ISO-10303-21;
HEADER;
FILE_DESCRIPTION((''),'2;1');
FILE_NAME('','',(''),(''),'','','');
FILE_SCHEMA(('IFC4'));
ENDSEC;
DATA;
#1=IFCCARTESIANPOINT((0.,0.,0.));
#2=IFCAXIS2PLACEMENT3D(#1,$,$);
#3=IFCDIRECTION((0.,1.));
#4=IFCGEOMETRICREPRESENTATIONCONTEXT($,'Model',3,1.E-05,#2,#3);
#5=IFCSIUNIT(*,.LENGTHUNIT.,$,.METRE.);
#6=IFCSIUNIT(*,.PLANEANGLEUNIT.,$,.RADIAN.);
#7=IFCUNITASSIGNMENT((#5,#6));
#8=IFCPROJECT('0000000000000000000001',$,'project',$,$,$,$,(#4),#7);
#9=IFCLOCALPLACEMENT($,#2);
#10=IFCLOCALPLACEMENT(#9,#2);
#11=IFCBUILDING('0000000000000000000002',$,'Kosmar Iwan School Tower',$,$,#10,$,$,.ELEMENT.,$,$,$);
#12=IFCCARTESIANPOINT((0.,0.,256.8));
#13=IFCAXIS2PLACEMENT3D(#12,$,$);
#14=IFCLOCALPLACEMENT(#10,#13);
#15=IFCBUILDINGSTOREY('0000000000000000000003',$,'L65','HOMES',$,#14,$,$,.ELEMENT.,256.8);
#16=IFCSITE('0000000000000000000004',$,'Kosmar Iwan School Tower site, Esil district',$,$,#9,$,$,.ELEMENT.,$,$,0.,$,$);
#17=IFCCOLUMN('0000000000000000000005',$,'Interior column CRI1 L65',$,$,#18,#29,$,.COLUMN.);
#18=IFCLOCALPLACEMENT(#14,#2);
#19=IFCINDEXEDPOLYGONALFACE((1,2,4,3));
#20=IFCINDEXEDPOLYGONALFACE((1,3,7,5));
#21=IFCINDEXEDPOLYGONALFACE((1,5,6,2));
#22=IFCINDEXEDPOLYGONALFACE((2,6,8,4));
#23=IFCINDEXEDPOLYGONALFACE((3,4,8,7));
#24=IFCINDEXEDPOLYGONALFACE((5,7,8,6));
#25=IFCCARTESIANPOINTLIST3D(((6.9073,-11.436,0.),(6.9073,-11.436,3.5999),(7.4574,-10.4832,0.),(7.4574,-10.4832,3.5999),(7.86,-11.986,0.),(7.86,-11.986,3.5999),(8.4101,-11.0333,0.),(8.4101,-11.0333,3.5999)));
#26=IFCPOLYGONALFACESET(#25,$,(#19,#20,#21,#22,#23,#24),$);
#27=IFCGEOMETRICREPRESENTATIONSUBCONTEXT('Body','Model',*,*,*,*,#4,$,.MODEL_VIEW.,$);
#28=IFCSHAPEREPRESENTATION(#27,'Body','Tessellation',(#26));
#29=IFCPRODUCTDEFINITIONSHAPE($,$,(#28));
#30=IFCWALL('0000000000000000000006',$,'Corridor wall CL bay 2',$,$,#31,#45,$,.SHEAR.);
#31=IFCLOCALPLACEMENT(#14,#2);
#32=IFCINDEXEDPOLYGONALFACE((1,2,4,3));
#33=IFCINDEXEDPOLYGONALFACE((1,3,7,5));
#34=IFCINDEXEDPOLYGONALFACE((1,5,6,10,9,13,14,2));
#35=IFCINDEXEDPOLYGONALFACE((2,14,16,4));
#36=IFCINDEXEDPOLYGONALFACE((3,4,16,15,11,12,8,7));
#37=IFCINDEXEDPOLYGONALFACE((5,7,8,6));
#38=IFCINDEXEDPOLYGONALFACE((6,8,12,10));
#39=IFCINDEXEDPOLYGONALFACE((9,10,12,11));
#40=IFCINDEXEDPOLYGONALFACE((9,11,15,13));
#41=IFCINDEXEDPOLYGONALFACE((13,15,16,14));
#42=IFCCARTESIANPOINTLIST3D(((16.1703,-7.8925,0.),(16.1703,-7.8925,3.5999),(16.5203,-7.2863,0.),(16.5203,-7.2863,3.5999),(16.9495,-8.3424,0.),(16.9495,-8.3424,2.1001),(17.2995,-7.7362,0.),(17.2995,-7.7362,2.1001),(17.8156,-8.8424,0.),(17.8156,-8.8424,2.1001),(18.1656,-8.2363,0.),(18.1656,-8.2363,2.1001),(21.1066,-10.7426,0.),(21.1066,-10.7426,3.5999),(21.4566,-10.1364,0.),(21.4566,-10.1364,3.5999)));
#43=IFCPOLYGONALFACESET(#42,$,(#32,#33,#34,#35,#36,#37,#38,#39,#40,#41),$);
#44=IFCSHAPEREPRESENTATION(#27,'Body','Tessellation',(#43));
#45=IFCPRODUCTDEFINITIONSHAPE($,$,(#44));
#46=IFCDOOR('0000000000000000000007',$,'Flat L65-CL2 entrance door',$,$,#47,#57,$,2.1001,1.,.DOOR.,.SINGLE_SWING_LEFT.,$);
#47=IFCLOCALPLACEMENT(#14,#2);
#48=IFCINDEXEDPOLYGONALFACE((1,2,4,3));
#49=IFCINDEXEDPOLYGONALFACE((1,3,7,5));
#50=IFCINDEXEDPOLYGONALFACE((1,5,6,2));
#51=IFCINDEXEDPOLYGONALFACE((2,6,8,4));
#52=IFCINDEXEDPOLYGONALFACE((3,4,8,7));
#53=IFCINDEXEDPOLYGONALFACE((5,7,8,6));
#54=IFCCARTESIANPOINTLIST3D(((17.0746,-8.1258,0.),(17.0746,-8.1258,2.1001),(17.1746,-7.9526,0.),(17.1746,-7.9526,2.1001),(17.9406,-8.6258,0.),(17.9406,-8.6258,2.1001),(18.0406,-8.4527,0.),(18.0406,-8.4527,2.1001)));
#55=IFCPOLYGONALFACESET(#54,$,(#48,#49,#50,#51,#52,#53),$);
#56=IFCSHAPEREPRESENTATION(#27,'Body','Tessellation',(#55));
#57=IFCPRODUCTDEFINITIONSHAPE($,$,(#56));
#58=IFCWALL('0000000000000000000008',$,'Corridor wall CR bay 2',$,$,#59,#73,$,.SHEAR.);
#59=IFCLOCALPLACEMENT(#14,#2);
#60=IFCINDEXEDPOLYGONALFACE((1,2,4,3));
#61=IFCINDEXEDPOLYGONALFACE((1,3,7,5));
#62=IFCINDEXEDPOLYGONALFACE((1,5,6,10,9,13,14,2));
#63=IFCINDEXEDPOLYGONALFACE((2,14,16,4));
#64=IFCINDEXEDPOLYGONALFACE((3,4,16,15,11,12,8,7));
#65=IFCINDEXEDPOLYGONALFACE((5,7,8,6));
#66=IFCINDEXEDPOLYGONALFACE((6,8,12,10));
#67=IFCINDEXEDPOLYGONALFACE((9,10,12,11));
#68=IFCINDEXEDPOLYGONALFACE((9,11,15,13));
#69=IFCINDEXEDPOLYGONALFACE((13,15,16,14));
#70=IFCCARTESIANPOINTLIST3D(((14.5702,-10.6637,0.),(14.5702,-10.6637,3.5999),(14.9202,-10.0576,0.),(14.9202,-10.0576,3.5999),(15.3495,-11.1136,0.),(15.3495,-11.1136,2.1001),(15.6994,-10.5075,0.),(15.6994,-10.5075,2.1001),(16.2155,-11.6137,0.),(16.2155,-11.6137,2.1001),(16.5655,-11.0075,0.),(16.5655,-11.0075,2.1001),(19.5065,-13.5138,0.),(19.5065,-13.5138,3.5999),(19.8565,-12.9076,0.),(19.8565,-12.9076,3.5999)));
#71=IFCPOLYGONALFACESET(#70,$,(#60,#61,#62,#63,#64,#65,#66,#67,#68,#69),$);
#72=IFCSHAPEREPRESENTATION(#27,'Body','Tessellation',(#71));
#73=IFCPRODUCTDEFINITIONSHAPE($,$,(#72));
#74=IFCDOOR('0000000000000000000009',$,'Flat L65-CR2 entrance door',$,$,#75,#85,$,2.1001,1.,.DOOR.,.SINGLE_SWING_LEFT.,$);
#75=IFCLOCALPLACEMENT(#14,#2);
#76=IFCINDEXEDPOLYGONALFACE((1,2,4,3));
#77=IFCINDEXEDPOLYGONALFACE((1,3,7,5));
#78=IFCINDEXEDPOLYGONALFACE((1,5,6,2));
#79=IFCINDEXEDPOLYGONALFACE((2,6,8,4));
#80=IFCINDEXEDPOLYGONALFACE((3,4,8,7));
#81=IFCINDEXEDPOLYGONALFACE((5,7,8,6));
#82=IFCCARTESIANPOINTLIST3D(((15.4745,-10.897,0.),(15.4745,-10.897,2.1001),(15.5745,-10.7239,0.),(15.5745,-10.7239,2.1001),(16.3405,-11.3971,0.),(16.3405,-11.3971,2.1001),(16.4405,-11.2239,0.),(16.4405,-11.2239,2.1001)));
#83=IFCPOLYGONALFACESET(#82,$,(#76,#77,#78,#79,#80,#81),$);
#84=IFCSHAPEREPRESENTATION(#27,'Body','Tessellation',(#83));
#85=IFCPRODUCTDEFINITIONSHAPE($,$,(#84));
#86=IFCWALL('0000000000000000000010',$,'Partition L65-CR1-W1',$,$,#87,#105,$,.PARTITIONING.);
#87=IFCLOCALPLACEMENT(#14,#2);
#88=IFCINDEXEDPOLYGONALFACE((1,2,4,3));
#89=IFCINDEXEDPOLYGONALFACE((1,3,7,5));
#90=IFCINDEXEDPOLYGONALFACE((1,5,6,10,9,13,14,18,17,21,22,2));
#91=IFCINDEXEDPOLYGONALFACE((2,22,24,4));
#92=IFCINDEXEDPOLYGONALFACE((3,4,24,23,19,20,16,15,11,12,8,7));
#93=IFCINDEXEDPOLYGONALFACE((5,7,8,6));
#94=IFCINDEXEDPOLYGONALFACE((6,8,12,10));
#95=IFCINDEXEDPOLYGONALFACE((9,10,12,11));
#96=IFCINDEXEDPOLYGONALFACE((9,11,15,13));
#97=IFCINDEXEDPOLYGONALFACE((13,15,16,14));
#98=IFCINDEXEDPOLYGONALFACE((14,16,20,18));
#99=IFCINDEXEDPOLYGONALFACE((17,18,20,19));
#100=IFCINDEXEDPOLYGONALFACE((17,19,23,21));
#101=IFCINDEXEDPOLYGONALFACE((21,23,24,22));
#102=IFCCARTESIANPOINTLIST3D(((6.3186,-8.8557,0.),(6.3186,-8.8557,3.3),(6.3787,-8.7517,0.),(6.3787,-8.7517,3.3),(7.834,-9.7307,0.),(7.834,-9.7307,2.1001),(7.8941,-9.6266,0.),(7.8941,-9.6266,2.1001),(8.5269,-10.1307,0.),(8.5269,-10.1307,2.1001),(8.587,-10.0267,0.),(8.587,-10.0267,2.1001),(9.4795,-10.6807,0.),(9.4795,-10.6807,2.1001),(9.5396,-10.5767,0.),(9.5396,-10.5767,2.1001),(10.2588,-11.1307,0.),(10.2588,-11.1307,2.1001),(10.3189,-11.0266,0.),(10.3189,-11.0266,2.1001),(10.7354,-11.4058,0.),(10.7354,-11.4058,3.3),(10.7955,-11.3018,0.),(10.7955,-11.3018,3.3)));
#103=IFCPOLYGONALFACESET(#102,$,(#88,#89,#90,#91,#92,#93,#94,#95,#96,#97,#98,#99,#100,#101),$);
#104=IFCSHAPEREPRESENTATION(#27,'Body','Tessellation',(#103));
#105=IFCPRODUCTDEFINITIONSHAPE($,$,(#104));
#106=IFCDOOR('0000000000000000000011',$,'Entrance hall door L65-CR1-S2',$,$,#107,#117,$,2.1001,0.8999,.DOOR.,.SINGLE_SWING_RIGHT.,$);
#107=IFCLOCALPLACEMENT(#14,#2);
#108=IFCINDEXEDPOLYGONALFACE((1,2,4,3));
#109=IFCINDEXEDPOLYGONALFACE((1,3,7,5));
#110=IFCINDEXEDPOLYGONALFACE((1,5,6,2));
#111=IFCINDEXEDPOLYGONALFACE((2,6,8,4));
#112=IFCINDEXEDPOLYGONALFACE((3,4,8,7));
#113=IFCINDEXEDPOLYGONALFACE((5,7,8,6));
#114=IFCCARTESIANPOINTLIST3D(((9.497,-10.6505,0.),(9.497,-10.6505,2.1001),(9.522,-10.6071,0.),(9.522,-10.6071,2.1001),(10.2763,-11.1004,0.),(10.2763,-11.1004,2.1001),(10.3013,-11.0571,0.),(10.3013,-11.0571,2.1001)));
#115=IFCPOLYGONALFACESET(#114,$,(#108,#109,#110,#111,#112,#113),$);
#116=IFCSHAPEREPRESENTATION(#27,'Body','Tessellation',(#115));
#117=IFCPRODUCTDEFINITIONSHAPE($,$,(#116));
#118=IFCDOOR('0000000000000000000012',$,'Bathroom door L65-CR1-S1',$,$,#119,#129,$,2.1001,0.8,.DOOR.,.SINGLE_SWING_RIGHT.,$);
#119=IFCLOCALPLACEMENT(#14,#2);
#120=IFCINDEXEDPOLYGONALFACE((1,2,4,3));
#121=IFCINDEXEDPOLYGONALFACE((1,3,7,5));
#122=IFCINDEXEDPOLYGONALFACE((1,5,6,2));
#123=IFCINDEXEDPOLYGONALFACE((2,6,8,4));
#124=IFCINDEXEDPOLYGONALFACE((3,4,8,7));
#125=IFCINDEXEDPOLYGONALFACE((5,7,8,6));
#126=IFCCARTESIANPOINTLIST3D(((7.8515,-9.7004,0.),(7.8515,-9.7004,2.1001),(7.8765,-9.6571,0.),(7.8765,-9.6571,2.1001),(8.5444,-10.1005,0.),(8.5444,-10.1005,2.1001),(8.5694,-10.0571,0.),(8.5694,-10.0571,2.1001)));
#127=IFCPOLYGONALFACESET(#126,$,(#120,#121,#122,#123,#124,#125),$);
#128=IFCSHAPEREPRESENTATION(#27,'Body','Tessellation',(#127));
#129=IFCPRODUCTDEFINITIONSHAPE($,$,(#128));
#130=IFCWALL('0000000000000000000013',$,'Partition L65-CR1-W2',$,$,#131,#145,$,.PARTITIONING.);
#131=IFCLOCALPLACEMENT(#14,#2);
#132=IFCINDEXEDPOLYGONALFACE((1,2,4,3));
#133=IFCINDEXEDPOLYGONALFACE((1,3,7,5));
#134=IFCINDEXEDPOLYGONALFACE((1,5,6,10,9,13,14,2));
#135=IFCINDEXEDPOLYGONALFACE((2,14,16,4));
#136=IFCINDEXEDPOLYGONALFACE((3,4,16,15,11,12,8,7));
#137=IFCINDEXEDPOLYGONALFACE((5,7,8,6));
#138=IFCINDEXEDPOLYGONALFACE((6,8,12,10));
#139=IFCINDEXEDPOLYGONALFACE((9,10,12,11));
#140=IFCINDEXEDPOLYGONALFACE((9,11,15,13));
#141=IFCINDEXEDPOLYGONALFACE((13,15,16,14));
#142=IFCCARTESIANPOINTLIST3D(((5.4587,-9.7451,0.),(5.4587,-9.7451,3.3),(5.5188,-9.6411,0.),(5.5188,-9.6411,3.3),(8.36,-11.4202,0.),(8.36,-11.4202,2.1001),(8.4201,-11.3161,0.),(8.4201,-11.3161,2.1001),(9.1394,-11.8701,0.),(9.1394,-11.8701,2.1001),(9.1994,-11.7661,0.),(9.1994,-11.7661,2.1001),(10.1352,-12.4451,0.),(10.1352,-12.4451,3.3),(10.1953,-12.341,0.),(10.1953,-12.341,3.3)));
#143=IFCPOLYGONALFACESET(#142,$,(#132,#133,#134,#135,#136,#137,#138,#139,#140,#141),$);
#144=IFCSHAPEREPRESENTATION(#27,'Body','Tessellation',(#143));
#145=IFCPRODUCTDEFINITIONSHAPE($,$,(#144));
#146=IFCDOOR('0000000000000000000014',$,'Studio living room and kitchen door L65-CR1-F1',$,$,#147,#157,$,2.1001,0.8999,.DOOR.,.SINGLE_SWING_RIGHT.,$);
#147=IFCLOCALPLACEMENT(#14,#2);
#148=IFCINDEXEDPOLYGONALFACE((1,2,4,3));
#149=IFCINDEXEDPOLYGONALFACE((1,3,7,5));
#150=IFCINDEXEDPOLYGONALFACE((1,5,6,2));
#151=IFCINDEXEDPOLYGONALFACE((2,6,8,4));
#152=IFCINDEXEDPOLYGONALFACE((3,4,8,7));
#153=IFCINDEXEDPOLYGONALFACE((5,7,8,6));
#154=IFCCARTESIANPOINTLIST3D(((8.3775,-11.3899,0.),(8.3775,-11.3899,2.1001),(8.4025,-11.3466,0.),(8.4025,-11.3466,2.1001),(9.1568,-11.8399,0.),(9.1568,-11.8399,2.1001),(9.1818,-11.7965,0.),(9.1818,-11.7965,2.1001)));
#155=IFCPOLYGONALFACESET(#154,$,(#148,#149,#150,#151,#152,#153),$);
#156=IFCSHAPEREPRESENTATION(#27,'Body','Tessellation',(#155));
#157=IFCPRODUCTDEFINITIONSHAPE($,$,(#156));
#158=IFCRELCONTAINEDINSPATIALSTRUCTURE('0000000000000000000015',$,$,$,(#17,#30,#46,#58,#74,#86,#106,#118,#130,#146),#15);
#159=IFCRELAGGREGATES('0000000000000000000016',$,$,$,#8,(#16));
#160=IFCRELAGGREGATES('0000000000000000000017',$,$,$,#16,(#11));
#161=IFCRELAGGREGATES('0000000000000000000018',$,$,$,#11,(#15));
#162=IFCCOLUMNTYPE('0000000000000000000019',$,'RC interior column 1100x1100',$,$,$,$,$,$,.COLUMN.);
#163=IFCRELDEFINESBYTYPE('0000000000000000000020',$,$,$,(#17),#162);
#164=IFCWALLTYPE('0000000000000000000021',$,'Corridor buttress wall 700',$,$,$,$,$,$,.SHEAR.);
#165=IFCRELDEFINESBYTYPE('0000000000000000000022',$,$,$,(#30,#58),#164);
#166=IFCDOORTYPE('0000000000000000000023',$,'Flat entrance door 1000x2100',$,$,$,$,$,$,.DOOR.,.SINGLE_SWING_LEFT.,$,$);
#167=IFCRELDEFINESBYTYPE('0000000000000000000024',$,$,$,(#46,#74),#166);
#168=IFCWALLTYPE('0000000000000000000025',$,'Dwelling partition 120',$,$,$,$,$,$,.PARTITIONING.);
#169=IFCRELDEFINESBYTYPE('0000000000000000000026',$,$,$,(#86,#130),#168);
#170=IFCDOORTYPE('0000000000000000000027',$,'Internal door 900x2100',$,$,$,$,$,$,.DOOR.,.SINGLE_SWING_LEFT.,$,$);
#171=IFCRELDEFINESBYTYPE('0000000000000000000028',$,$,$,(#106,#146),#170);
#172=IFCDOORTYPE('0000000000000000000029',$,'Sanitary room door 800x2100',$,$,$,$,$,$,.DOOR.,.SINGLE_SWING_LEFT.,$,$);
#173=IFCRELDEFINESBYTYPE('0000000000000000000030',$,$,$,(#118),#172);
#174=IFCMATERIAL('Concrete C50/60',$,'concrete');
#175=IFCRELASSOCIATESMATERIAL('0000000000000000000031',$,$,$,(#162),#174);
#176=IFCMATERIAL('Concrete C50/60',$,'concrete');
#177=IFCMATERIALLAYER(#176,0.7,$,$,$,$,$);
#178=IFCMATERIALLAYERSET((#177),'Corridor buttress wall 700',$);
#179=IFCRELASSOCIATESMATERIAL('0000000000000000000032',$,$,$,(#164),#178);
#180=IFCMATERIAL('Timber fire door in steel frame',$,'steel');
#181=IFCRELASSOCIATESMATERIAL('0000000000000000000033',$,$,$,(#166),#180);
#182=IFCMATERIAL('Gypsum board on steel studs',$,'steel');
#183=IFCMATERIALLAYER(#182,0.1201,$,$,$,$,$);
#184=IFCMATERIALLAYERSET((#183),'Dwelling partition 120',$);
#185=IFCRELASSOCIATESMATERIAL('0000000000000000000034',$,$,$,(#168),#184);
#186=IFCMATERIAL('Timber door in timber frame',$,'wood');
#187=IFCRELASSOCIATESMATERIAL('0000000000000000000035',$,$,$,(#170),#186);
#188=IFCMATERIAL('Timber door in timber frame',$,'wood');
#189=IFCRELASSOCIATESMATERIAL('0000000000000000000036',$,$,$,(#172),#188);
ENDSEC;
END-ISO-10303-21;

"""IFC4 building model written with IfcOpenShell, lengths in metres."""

from ifc_helpers import new_model, si_unit, direction, frame, frame_2d, origin, origin_2d, place, context, subcontext, project, spatial, rectangle, extrude, material, layer, layer_set, material_profile, profile_set, type_object, element, fill, save


model = new_model("IFC4")

# Units and contexts
model_context = context("Model", 3, precision=1e-05, world=origin(), true_north=direction((0.0, 1.0)))
body_context = subcontext(model_context, "Body", "Model", "MODEL_VIEW")
ifc_project = project(units=[si_unit("LENGTHUNIT", "METRE"), si_unit("PLANEANGLEUNIT", "RADIAN")], contexts=[model_context])

# Site, building, storey
site_placement = place(None, origin())
site = spatial("IfcSite", under=ifc_project, at=site_placement, Name="Kosmar Iwan School Tower site, Esil district", CompositionType="ELEMENT", RefElevation=0.0)
building_placement = place(site_placement, origin())
building = spatial("IfcBuilding", under=site, at=building_placement, Name="Kosmar Iwan School Tower", CompositionType="ELEMENT")
storey_placement = place(building_placement, frame((0.0, 0.0, 256.8)))
storey = spatial("IfcBuildingStorey", under=building, at=storey_placement, Name="L65", Description="HOMES", CompositionType="ELEMENT", Elevation=256.8)

# Column
ifc_material_1 = material(Name="Concrete C50/60", Category="concrete")
ifc_material_profile = material_profile(ifc_material_1, rectangle(XDim=1.1001, YDim=1.1001, at=origin_2d()), Name="RC 1100x1100")
ifc_profile_set = profile_set([ifc_material_profile], Name="Concrete C50/60")
column_type = type_object("IfcColumnType", Name="RC interior column 1100x1100", PredefinedType="COLUMN", material=ifc_profile_set)
column_placement = place(storey_placement, frame((7.6587, -11.2346, 0.0), z_axis=(0.0, 0.0, 1.0), x_axis=(0.866025, -0.5, 0.0)))
element("IfcColumn", 1, at=column_placement, inside=storey, type_object=column_type, Name="Interior column CRI1 L65", PredefinedType="COLUMN", context=body_context, shape_type="SweptSolid", body=[
    extrude(rectangle(XDim=1.1001, YDim=1.1001, at=origin_2d()), origin(), (0.0, 0.0, 1.0), 3.5999),
])

# Walls, openings, doors
ifc_material_2 = material(Name="Concrete C50/60", Category="concrete")
ifc_layer_1 = layer(ifc_material_2, 0.7)
ifc_layer_set_1 = layer_set([ifc_layer_1], Name="Corridor buttress wall 700")
wall_type_1 = type_object("IfcWallType", Name="Corridor buttress wall 700", PredefinedType="SHEAR", material=ifc_layer_set_1)
wall_1_placement = place(storey_placement, frame((16.3452, -7.5894, 0.0), z_axis=(0.0, 0.0, 1.0), x_axis=(0.866015, -0.500018, 0.0)))
wall_1 = element("IfcWall", 2, at=wall_1_placement, inside=storey, type_object=wall_type_1, Name="Corridor wall CL bay 2", PredefinedType="SHEAR", context=body_context, shape_type="SweptSolid", body=[
    extrude(rectangle(XDim=5.7, YDim=0.7, at=frame_2d((2.8501, 0.0))), origin(), (0.0, 0.0, 1.0), 3.5999),
])
opening_1_placement = place(wall_1_placement, frame((0.8999, 0.0, 0.0)))
opening_1 = element("IfcOpeningElement", 3, at=opening_1_placement, cuts=wall_1, PredefinedType="OPENING", context=body_context, shape_type="SweptSolid", body=[
    extrude(rectangle(XDim=1.0, YDim=2.1001, at=frame_2d((0.5, 1.05))), frame((0.0, 0.3621, 0.0), z_axis=(0.0, -1.0, 0.0), x_axis=(1.0, 0.0, 0.0)), (0.0, 0.0, 1.0), 0.7239),
])
ifc_material_3 = material(Name="Timber fire door in steel frame", Category="steel")
door_type_1 = type_object("IfcDoorType", Name="Flat entrance door 1000x2100", OperationType="SINGLE_SWING_LEFT", PredefinedType="DOOR", material=ifc_material_3)
door_1_placement = place(opening_1_placement, origin())
door_1 = element("IfcDoor", 4, at=door_1_placement, inside=storey, type_object=door_type_1, Name="Flat L65-CL2 entrance door", OperationType="SINGLE_SWING_LEFT", OverallHeight=2.1001, OverallWidth=1.0, PredefinedType="DOOR", context=body_context, shape_type="SweptSolid", body=[
    extrude(rectangle(XDim=1.0, YDim=2.1001, at=frame_2d((0.5, 1.05))), frame((0.0, 0.1001, 0.0), z_axis=(0.0, -1.0, 0.0), x_axis=(1.0, 0.0, 0.0)), (0.0, 0.0, 1.0), 0.2),
])
fill(opening_1, door_1)
wall_2_placement = place(storey_placement, frame((14.7451, -10.3606, 0.0), z_axis=(0.0, 0.0, 1.0), x_axis=(0.866015, -0.500018, 0.0)))
wall_2 = element("IfcWall", 5, at=wall_2_placement, inside=storey, type_object=wall_type_1, Name="Corridor wall CR bay 2", PredefinedType="SHEAR", context=body_context, shape_type="SweptSolid", body=[
    extrude(rectangle(XDim=5.7, YDim=0.7, at=frame_2d((2.8501, 0.0))), origin(), (0.0, 0.0, 1.0), 3.5999),
])
opening_2_placement = place(wall_2_placement, frame((0.8999, 0.0, 0.0)))
opening_2 = element("IfcOpeningElement", 6, at=opening_2_placement, cuts=wall_2, PredefinedType="OPENING", context=body_context, shape_type="SweptSolid", body=[
    extrude(rectangle(XDim=1.0, YDim=2.1001, at=frame_2d((0.5, 1.05))), frame((0.0, 0.3621, 0.0), z_axis=(0.0, -1.0, 0.0), x_axis=(1.0, 0.0, 0.0)), (0.0, 0.0, 1.0), 0.7239),
])
door_2_placement = place(opening_2_placement, origin())
door_2 = element("IfcDoor", 7, at=door_2_placement, inside=storey, type_object=door_type_1, Name="Flat L65-CR2 entrance door", OperationType="SINGLE_SWING_LEFT", OverallHeight=2.1001, OverallWidth=1.0, PredefinedType="DOOR", context=body_context, shape_type="SweptSolid", body=[
    extrude(rectangle(XDim=1.0, YDim=2.1001, at=frame_2d((0.5, 1.05))), frame((0.0, 0.1001, 0.0), z_axis=(0.0, -1.0, 0.0), x_axis=(1.0, 0.0, 0.0)), (0.0, 0.0, 1.0), 0.2),
])
fill(opening_2, door_2)

# Wall, openings, doors
ifc_material_4 = material(Name="Gypsum board on steel studs", Category="steel")
ifc_layer_2 = layer(ifc_material_4, 0.1201)
ifc_layer_set_2 = layer_set([ifc_layer_2], Name="Dwelling partition 120")
wall_type_2 = type_object("IfcWallType", Name="Dwelling partition 120", PredefinedType="PARTITIONING", material=ifc_layer_set_2)
wall_3_placement = place(storey_placement, frame((6.3486, -8.8037, 0.0), z_axis=(0.0, 0.0, 1.0), x_axis=(0.866022, -0.500006, 0.0)))
wall_3 = element("IfcWall", 8, at=wall_3_placement, inside=storey, type_object=wall_type_2, Name="Partition L65-CR1-W1", PredefinedType="PARTITIONING", context=body_context, shape_type="SweptSolid", body=[
    extrude(rectangle(XDim=5.1001, YDim=0.1201, at=frame_2d((2.55, 0.0))), origin(), (0.0, 0.0, 1.0), 3.3),
])
opening_3_placement = place(wall_3_placement, frame((1.75, 0.0, 0.0)))
opening_3 = element("IfcOpeningElement", 9, at=opening_3_placement, cuts=wall_3, PredefinedType="OPENING", context=body_context, shape_type="SweptSolid", body=[
    extrude(rectangle(XDim=0.8, YDim=2.1001, at=frame_2d((0.3999, 1.05))), frame((0.0, 0.072, 0.0), z_axis=(0.0, -1.0, 0.0), x_axis=(1.0, 0.0, 0.0)), (0.0, 0.0, 1.0), 0.144),
])
opening_4_placement = place(wall_3_placement, frame((3.6499, 0.0, 0.0)))
opening_4 = element("IfcOpeningElement", 10, at=opening_4_placement, cuts=wall_3, PredefinedType="OPENING", context=body_context, shape_type="SweptSolid", body=[
    extrude(rectangle(XDim=0.8999, YDim=2.1001, at=frame_2d((0.45, 1.05))), frame((0.0, 0.072, 0.0), z_axis=(0.0, -1.0, 0.0), x_axis=(1.0, 0.0, 0.0)), (0.0, 0.0, 1.0), 0.144),
])
ifc_material_5 = material(Name="Timber door in timber frame", Category="wood")
door_type_2 = type_object("IfcDoorType", Name="Internal door 900x2100", OperationType="SINGLE_SWING_LEFT", PredefinedType="DOOR", material=ifc_material_5)
door_3_placement = place(opening_4_placement, origin())
door_3 = element("IfcDoor", 11, at=door_3_placement, inside=storey, type_object=door_type_2, Name="Entrance hall door L65-CR1-S2", OperationType="SINGLE_SWING_RIGHT", OverallHeight=2.1001, OverallWidth=0.8999, PredefinedType="DOOR", context=body_context, shape_type="SweptSolid", body=[
    extrude(rectangle(XDim=0.8999, YDim=2.1001, at=frame_2d((0.45, 1.05))), frame((0.0, 0.0249, 0.0), z_axis=(0.0, -1.0, 0.0), x_axis=(1.0, 0.0, 0.0)), (0.0, 0.0, 1.0), 0.05),
])
fill(opening_4, door_3)
ifc_material_6 = material(Name="Timber door in timber frame", Category="wood")
door_type_3 = type_object("IfcDoorType", Name="Sanitary room door 800x2100", OperationType="SINGLE_SWING_LEFT", PredefinedType="DOOR", material=ifc_material_6)
door_4_placement = place(opening_3_placement, origin())
door_4 = element("IfcDoor", 12, at=door_4_placement, inside=storey, type_object=door_type_3, Name="Bathroom door L65-CR1-S1", OperationType="SINGLE_SWING_RIGHT", OverallHeight=2.1001, OverallWidth=0.8, PredefinedType="DOOR", context=body_context, shape_type="SweptSolid", body=[
    extrude(rectangle(XDim=0.8, YDim=2.1001, at=frame_2d((0.3999, 1.05))), frame((0.0, 0.0249, 0.0), z_axis=(0.0, -1.0, 0.0), x_axis=(1.0, 0.0, 0.0)), (0.0, 0.0, 1.0), 0.05),
])
fill(opening_3, door_4)

# Wall, opening, door
wall_4_placement = place(storey_placement, frame((5.4888, -9.6931, 0.0), z_axis=(0.0, 0.0, 1.0), x_axis=(0.866028, -0.499995, 0.0)))
wall_4 = element("IfcWall", 13, at=wall_4_placement, inside=storey, type_object=wall_type_2, Name="Partition L65-CR1-W2", PredefinedType="PARTITIONING", context=body_context, shape_type="SweptSolid", body=[
    extrude(rectangle(XDim=5.3999, YDim=0.1201, at=frame_2d((2.7, 0.0))), origin(), (0.0, 0.0, 1.0), 3.3),
])
opening_5_placement = place(wall_4_placement, frame((3.3501, 0.0, 0.0)))
opening_5 = element("IfcOpeningElement", 14, at=opening_5_placement, cuts=wall_4, PredefinedType="OPENING", context=body_context, shape_type="SweptSolid", body=[
    extrude(rectangle(XDim=0.8999, YDim=2.1001, at=frame_2d((0.45, 1.05))), frame((0.0, 0.072, 0.0), z_axis=(0.0, -1.0, 0.0), x_axis=(1.0, 0.0, 0.0)), (0.0, 0.0, 1.0), 0.144),
])
door_5_placement = place(opening_5_placement, origin())
door_5 = element("IfcDoor", 15, at=door_5_placement, inside=storey, type_object=door_type_2, Name="Studio living room and kitchen door L65-CR1-F1", OperationType="SINGLE_SWING_RIGHT", OverallHeight=2.1001, OverallWidth=0.8999, PredefinedType="DOOR", context=body_context, shape_type="SweptSolid", body=[
    extrude(rectangle(XDim=0.8999, YDim=2.1001, at=frame_2d((0.45, 1.05))), frame((0.0, 0.0249, 0.0), z_axis=(0.0, -1.0, 0.0), x_axis=(1.0, 0.0, 0.0)), (0.0, 0.0, 1.0), 0.05),
])
fill(opening_5, door_5)

save(model, "model.ifc")
